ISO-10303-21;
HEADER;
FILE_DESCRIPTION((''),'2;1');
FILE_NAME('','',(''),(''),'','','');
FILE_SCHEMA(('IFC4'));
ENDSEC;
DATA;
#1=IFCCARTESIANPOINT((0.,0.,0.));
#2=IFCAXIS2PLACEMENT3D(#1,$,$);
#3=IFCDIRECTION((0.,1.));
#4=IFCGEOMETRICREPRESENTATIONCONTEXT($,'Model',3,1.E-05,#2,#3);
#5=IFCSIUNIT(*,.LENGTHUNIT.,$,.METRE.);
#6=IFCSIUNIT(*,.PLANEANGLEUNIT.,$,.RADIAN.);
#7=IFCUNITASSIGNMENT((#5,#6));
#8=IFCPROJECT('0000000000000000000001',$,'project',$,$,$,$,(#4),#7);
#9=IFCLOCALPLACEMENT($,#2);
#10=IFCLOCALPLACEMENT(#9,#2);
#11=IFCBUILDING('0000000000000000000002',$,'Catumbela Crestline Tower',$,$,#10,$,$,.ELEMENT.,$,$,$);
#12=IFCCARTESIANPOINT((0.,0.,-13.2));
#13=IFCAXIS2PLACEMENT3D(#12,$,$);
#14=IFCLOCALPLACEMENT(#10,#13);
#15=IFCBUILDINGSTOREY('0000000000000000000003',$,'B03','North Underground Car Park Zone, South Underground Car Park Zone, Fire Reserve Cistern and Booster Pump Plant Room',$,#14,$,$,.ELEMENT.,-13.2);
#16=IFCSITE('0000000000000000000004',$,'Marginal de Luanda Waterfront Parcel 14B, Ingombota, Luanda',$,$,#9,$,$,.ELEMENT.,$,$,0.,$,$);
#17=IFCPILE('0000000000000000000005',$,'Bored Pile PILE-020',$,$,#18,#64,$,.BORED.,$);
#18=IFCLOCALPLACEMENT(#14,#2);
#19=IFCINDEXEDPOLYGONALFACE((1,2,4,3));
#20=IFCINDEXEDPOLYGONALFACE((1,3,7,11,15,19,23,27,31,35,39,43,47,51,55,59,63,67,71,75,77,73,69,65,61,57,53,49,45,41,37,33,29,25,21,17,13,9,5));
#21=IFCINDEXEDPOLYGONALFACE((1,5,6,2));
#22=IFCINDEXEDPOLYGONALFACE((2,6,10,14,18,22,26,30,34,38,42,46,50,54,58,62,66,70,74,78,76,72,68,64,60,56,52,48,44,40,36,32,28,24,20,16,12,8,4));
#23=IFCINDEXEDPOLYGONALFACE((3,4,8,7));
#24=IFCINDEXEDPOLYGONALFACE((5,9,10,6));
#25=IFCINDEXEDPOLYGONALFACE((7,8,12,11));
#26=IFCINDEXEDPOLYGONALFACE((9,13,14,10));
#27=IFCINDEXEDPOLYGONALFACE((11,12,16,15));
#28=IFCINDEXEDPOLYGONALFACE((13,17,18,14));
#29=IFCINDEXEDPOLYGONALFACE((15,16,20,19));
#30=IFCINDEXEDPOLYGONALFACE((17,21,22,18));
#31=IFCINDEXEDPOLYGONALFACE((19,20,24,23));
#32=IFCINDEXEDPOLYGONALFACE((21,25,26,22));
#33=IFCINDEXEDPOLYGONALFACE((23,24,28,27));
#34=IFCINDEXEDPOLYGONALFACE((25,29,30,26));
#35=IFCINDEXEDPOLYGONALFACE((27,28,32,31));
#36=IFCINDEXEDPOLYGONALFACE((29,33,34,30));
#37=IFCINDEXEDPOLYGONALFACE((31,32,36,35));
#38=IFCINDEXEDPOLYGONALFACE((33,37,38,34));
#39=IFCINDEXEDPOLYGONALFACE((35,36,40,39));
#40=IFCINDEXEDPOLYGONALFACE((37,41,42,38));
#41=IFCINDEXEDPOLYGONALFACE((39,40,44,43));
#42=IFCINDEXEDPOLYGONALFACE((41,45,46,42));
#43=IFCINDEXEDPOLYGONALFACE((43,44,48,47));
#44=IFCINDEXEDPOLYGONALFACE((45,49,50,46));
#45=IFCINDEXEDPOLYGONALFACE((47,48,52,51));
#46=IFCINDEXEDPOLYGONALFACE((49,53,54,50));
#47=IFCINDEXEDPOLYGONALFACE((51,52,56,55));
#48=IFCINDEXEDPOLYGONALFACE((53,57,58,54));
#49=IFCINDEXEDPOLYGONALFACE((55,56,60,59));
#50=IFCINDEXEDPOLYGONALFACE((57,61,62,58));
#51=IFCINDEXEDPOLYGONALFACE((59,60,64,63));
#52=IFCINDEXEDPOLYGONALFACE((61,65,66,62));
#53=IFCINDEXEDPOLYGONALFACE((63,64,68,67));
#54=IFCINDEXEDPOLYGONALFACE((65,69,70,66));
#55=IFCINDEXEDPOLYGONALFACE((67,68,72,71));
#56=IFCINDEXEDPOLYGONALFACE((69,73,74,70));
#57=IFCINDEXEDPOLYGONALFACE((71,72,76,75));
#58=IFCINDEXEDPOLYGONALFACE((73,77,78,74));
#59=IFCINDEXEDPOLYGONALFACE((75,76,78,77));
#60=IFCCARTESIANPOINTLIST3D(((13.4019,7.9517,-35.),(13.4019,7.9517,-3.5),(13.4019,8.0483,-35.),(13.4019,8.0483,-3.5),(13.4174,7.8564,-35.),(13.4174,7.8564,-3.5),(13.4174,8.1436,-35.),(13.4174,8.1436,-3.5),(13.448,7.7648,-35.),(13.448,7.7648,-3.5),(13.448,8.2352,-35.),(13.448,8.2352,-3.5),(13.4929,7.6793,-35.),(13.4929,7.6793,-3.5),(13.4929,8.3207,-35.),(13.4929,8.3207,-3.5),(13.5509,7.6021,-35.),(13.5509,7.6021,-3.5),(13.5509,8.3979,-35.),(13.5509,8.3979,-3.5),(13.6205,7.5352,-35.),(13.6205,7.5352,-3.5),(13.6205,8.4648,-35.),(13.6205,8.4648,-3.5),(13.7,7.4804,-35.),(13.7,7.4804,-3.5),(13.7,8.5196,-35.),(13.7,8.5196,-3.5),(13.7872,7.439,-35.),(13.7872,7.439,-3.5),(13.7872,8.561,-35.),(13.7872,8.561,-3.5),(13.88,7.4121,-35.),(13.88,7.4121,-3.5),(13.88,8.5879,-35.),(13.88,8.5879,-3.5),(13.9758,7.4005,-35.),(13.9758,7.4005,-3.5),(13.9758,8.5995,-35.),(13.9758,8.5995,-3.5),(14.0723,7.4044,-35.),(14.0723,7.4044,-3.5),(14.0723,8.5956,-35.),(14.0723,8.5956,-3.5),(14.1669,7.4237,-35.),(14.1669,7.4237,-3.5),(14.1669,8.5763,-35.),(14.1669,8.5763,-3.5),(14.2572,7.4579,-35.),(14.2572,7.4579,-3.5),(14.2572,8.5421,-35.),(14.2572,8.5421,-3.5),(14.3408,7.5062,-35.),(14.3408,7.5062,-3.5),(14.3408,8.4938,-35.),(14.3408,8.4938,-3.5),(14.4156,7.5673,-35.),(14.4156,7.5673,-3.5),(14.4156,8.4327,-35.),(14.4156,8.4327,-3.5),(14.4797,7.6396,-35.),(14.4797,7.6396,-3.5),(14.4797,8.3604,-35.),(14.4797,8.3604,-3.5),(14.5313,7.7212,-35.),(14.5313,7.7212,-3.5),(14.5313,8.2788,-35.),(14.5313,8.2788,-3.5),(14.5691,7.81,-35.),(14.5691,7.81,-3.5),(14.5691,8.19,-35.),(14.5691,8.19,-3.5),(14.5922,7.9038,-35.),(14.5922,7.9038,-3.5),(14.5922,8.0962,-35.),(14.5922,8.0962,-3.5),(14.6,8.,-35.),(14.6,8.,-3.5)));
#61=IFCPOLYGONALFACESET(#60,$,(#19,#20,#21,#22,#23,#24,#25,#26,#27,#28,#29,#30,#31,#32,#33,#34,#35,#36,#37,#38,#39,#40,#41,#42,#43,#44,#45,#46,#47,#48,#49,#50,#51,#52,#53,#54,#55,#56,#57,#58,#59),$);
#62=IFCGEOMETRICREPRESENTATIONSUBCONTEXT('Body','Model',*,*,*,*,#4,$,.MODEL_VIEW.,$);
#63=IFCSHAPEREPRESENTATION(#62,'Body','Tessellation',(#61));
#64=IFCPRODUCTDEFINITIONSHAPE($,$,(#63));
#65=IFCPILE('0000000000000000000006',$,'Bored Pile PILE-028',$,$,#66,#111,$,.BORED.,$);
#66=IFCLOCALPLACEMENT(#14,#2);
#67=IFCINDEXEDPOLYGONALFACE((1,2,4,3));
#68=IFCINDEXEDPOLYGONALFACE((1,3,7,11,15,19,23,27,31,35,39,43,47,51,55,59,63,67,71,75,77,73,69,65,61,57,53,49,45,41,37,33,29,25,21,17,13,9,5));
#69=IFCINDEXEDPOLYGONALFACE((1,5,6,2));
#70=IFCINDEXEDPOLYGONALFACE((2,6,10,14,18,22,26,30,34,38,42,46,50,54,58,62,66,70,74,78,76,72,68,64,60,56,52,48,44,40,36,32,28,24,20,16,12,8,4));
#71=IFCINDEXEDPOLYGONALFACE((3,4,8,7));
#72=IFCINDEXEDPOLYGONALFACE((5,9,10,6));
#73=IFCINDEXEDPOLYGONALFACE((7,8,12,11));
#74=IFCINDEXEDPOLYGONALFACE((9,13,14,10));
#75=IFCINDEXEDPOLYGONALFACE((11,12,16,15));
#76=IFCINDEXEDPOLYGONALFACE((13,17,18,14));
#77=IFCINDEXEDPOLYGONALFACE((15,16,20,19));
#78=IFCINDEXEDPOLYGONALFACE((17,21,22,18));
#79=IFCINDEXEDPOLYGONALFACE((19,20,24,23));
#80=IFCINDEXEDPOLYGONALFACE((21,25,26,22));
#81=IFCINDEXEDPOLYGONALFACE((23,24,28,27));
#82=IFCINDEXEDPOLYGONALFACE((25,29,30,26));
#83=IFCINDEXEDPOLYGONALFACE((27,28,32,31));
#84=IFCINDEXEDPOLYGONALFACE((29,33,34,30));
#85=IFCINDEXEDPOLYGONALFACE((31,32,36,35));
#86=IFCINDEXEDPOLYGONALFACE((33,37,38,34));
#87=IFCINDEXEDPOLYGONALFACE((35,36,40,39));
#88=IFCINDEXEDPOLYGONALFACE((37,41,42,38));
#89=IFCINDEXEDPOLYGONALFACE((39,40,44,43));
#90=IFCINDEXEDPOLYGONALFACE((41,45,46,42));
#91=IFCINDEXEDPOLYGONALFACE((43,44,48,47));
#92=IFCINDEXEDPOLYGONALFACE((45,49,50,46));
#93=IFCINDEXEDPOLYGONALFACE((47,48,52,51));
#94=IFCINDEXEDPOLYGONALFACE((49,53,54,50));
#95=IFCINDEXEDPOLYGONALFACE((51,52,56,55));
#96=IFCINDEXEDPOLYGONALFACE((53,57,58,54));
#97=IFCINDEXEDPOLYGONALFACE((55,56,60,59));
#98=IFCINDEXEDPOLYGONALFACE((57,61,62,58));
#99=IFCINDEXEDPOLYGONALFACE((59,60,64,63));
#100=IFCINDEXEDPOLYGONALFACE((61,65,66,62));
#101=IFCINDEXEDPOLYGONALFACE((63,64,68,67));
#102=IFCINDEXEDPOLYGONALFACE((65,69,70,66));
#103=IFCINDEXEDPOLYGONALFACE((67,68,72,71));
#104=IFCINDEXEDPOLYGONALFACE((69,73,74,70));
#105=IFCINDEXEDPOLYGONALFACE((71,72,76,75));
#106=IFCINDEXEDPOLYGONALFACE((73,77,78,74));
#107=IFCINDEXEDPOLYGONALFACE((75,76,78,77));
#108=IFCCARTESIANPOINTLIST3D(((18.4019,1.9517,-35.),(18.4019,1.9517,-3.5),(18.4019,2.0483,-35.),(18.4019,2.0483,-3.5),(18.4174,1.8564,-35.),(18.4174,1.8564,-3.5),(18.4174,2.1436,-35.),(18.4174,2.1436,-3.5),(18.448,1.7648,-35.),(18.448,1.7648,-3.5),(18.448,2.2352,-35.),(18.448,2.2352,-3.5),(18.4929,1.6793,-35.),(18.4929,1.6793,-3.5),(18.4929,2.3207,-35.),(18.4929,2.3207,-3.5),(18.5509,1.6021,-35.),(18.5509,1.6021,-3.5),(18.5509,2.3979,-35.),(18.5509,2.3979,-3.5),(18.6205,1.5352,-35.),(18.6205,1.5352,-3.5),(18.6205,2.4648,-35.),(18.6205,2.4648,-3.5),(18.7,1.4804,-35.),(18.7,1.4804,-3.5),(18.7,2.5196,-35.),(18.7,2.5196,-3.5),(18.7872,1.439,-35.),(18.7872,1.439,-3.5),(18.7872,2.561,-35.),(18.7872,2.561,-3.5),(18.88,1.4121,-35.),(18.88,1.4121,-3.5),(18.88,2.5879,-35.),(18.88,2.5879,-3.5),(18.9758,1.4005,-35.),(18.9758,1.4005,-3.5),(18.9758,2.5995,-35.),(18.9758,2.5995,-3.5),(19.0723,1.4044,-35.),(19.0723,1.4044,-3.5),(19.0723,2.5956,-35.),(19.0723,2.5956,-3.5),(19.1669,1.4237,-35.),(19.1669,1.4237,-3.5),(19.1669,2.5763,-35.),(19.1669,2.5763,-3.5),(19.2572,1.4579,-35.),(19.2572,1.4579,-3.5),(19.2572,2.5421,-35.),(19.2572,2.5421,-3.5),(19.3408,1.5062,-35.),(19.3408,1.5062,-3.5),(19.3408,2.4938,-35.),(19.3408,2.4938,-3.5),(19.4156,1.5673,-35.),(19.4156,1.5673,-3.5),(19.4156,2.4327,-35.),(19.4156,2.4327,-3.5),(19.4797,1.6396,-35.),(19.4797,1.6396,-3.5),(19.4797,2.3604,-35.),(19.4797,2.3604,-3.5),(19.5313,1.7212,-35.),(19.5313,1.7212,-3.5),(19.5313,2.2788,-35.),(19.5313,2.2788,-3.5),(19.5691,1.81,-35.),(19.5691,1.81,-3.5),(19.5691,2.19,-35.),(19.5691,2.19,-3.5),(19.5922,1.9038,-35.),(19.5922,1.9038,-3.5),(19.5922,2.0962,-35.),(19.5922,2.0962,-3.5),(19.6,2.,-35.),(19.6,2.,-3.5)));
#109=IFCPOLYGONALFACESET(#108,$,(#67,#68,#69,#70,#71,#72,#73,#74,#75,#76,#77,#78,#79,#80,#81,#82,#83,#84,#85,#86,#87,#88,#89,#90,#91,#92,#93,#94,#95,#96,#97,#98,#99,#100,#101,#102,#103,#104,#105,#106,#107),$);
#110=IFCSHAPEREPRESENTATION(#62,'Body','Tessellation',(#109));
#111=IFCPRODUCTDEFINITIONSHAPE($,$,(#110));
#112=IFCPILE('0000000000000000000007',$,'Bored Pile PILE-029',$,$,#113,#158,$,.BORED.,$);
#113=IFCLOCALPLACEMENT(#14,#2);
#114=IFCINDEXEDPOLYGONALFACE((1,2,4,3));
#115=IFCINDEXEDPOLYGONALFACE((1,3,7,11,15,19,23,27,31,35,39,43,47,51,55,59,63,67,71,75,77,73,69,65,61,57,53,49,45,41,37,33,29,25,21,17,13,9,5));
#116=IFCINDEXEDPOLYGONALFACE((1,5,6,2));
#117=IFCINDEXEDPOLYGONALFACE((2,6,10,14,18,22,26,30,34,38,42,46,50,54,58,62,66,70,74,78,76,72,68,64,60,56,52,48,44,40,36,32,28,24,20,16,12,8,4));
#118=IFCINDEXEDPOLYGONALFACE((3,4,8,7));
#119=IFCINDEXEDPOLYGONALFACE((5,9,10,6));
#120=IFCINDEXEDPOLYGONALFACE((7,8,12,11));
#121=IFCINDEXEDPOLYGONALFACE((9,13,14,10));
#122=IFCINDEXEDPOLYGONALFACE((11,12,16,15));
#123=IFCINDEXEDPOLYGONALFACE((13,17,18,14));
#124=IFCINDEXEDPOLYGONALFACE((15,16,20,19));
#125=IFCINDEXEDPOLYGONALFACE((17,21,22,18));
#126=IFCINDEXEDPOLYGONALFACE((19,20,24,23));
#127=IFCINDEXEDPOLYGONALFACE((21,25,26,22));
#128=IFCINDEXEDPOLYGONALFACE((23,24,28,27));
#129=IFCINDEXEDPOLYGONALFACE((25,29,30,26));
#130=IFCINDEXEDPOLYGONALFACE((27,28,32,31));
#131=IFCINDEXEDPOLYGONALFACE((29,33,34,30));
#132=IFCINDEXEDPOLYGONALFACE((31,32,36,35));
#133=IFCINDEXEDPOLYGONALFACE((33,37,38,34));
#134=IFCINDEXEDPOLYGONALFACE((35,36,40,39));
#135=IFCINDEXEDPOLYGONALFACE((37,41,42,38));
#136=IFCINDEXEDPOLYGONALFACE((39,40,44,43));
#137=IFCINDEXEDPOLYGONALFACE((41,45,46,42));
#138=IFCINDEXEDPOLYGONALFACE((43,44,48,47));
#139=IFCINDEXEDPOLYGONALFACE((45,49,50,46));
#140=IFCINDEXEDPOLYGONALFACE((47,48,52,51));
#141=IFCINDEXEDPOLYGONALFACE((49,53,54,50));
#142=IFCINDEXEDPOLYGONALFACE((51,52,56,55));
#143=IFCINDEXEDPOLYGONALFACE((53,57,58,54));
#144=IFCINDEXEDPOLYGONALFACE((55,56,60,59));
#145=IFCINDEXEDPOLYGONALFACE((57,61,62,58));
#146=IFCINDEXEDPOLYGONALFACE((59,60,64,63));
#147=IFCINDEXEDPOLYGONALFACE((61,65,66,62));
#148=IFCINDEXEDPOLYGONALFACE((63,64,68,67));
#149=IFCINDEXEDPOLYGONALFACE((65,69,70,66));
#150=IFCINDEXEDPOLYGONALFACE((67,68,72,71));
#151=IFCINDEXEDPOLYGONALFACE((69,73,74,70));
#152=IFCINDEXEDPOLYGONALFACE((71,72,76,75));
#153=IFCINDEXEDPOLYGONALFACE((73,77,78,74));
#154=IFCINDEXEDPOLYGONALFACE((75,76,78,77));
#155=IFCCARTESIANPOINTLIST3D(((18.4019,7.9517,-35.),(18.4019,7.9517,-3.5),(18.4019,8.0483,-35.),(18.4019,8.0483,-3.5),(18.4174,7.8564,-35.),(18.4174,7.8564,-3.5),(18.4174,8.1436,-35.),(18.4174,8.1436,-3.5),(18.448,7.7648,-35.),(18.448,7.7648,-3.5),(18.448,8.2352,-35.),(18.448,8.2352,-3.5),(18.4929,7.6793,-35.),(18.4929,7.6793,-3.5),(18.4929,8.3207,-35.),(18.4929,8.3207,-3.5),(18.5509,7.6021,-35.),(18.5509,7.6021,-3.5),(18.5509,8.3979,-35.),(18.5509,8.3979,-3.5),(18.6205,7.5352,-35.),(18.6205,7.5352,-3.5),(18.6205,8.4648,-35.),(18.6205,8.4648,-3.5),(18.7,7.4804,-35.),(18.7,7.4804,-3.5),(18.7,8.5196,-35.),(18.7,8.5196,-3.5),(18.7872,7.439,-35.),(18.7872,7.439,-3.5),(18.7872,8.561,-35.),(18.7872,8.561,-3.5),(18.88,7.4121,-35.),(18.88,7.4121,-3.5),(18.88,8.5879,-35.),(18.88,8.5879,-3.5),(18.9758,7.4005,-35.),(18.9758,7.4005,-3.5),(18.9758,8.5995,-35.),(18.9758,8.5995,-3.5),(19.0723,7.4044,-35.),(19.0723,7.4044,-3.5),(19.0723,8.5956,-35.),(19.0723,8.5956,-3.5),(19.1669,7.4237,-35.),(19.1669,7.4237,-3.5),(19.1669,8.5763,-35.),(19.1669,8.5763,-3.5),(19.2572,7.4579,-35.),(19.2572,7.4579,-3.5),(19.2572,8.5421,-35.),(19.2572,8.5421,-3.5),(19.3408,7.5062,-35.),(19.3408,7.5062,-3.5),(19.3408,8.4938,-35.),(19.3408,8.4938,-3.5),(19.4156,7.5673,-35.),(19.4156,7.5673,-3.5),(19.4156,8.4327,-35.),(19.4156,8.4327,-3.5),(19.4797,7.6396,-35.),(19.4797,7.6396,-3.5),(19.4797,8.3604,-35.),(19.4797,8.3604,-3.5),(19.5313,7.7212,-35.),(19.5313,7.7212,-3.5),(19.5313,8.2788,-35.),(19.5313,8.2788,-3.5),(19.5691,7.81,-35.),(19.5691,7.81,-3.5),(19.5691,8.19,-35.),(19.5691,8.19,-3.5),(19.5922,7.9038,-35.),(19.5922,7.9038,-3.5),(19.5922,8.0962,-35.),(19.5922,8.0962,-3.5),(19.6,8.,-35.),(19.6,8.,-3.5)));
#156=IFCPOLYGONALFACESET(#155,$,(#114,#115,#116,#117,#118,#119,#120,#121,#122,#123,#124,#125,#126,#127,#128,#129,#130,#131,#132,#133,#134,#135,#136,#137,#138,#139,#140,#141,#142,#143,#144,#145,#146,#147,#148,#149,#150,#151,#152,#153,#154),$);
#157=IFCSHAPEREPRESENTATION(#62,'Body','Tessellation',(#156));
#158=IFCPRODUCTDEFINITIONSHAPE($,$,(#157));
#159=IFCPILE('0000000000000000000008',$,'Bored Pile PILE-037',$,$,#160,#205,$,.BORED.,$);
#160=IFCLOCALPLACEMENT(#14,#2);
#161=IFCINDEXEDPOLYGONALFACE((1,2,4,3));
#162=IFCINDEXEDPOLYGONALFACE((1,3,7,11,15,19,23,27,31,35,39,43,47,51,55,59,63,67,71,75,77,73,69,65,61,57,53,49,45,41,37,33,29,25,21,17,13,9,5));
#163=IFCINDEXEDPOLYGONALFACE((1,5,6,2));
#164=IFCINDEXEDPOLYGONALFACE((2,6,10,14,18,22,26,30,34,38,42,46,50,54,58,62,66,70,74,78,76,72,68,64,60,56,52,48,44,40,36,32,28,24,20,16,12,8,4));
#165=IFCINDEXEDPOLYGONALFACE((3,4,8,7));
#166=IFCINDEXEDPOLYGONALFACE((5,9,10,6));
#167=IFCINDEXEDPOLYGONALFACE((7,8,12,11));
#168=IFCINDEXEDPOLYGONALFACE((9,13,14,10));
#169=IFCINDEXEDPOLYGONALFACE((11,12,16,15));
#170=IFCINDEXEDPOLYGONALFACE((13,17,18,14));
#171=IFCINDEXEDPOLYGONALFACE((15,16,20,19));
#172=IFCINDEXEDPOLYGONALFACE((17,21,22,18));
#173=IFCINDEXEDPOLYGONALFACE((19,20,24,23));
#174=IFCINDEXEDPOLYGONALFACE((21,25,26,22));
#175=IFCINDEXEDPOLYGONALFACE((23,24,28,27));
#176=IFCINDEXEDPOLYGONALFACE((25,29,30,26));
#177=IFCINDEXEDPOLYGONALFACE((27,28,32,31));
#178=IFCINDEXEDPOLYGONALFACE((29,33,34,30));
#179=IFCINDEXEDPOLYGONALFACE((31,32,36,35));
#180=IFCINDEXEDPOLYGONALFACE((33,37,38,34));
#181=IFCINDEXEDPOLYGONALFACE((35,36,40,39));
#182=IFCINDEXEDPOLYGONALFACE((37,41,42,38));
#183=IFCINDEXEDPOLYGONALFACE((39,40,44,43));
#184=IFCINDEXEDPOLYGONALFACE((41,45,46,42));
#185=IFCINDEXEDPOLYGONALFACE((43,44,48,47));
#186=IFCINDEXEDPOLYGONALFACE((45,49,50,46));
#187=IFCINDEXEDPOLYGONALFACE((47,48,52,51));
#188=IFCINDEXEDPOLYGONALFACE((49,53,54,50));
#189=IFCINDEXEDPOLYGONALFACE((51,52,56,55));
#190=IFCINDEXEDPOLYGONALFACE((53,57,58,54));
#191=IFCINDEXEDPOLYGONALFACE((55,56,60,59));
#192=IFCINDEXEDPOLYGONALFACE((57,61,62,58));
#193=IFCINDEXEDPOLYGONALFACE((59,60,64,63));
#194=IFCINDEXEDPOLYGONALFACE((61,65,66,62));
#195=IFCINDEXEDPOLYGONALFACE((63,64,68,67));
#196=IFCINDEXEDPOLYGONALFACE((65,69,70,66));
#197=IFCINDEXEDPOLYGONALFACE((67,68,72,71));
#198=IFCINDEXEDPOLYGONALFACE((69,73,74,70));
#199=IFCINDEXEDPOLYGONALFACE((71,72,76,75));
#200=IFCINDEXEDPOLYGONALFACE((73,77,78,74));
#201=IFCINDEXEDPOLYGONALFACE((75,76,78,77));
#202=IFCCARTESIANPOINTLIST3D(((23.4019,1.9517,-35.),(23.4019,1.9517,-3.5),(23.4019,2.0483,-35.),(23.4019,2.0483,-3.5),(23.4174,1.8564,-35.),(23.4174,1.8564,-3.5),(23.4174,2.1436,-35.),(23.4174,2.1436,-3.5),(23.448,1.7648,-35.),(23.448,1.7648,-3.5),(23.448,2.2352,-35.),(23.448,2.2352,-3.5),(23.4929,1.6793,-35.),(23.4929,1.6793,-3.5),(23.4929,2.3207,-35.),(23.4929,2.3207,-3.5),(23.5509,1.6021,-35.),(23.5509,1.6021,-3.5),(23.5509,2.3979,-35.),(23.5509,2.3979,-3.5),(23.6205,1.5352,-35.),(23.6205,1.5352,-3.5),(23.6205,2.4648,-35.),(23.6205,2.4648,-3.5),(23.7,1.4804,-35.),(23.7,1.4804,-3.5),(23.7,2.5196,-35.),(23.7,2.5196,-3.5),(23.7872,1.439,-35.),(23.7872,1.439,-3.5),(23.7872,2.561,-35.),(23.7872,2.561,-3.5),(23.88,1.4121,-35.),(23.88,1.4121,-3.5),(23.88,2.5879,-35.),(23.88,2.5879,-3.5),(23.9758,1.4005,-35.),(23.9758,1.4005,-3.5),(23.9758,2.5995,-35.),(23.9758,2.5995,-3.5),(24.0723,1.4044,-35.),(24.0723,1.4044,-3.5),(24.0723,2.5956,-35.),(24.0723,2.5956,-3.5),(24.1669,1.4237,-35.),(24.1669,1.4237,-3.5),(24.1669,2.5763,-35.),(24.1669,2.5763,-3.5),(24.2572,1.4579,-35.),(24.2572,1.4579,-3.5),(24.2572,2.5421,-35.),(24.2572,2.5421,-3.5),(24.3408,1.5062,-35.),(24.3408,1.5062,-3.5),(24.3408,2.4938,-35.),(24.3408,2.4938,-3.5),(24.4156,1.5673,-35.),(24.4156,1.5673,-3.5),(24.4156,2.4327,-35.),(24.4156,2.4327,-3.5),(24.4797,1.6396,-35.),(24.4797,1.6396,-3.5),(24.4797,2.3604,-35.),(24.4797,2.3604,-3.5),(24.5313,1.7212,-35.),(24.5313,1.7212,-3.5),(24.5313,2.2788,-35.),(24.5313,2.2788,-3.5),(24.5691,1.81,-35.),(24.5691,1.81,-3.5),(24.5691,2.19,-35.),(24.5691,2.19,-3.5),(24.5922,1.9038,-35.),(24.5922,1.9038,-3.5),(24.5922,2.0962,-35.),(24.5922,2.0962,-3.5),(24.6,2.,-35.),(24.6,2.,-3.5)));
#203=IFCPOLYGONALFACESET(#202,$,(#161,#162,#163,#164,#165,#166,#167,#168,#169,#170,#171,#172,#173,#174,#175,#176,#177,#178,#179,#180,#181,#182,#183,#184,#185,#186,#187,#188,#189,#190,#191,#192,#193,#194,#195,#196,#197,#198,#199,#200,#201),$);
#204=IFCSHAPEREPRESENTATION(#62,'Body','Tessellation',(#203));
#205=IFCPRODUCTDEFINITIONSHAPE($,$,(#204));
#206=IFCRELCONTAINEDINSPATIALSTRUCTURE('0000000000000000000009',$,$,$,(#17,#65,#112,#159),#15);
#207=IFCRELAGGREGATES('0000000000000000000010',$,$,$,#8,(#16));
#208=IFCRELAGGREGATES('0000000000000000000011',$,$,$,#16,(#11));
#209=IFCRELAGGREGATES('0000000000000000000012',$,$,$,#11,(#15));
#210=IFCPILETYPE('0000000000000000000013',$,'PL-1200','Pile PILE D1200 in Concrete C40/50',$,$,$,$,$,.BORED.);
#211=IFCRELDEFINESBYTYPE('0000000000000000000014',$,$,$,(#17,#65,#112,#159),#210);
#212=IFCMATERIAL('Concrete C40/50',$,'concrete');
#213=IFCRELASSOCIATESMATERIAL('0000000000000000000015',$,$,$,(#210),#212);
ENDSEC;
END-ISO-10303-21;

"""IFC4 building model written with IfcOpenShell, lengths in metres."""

from ifc_helpers import new_model, si_unit, direction, frame, origin, origin_2d, place, context, subcontext, project, spatial, circle, extrude, material, material_profile, profile_set, type_object, element, save


model = new_model("IFC4")

# Units and contexts
model_context = context("Model", 3, precision=1e-05, world=origin(), true_north=direction((0.0, 1.0)))
body_context = subcontext(model_context, "Body", "Model", "MODEL_VIEW")
ifc_project = project(units=[si_unit("LENGTHUNIT", "METRE"), si_unit("PLANEANGLEUNIT", "RADIAN")], contexts=[model_context])

# Site, building, storey
site_placement = place(None, origin())
site = spatial("IfcSite", under=ifc_project, at=site_placement, Name="Marginal de Luanda Waterfront Parcel 14B, Ingombota, Luanda", CompositionType="ELEMENT", RefElevation=0.0)
building_placement = place(site_placement, origin())
building = spatial("IfcBuilding", under=site, at=building_placement, Name="Catumbela Crestline Tower", CompositionType="ELEMENT")
storey_placement = place(building_placement, frame((0.0, 0.0, -13.2)))
storey = spatial("IfcBuildingStorey", under=building, at=storey_placement, Name="B03", Description="North Underground Car Park Zone, South Underground Car Park Zone, Fire Reserve Cistern and Booster Pump Plant Room", CompositionType="ELEMENT", Elevation=-13.2)

# Piles
ifc_material_1 = material(Name="Concrete C40/50", Category="concrete")
ifc_material_profile_1 = material_profile(ifc_material_1, circle(Radius=0.6, at=origin_2d()), Name="PILE D1200")
ifc_profile_set_1 = profile_set([ifc_material_profile_1], Name="Concrete C40/50")
pile_type = type_object("IfcPileType", Name="PL-1200", Description="Pile PILE D1200 in Concrete C40/50", PredefinedType="BORED", material=ifc_profile_set_1)
for number, where, z_axis, x_axis, name in (
    (1, (14.0, 8.0, -3.5), (0.0, 0.0, -1.0), (1.0, 0.0, 0.0), "Bored Pile PILE-020"),
    (2, (19.0, 2.0, -3.5), (0.0, 0.0, -1.0), (1.0, 0.0, 0.0), "Bored Pile PILE-028"),
    (3, (19.0, 8.0, -3.5), (0.0, 0.0, -1.0), (1.0, 0.0, 0.0), "Bored Pile PILE-029"),
    (4, (24.0, 2.0, -3.5), (0.0, 0.0, -1.0), (1.0, 0.0, 0.0), "Bored Pile PILE-037"),
):
    element("IfcPile", number, at=place(storey_placement, frame(where, z_axis=z_axis, x_axis=x_axis)), inside=storey, type_object=pile_type, Name=name, PredefinedType="BORED", context=body_context, shape_type="SweptSolid", body=[
        extrude(circle(Radius=0.6, at=origin_2d()), origin(), (0.0, 0.0, 1.0), 31.5),
    ])

save(model, "model.ifc")
